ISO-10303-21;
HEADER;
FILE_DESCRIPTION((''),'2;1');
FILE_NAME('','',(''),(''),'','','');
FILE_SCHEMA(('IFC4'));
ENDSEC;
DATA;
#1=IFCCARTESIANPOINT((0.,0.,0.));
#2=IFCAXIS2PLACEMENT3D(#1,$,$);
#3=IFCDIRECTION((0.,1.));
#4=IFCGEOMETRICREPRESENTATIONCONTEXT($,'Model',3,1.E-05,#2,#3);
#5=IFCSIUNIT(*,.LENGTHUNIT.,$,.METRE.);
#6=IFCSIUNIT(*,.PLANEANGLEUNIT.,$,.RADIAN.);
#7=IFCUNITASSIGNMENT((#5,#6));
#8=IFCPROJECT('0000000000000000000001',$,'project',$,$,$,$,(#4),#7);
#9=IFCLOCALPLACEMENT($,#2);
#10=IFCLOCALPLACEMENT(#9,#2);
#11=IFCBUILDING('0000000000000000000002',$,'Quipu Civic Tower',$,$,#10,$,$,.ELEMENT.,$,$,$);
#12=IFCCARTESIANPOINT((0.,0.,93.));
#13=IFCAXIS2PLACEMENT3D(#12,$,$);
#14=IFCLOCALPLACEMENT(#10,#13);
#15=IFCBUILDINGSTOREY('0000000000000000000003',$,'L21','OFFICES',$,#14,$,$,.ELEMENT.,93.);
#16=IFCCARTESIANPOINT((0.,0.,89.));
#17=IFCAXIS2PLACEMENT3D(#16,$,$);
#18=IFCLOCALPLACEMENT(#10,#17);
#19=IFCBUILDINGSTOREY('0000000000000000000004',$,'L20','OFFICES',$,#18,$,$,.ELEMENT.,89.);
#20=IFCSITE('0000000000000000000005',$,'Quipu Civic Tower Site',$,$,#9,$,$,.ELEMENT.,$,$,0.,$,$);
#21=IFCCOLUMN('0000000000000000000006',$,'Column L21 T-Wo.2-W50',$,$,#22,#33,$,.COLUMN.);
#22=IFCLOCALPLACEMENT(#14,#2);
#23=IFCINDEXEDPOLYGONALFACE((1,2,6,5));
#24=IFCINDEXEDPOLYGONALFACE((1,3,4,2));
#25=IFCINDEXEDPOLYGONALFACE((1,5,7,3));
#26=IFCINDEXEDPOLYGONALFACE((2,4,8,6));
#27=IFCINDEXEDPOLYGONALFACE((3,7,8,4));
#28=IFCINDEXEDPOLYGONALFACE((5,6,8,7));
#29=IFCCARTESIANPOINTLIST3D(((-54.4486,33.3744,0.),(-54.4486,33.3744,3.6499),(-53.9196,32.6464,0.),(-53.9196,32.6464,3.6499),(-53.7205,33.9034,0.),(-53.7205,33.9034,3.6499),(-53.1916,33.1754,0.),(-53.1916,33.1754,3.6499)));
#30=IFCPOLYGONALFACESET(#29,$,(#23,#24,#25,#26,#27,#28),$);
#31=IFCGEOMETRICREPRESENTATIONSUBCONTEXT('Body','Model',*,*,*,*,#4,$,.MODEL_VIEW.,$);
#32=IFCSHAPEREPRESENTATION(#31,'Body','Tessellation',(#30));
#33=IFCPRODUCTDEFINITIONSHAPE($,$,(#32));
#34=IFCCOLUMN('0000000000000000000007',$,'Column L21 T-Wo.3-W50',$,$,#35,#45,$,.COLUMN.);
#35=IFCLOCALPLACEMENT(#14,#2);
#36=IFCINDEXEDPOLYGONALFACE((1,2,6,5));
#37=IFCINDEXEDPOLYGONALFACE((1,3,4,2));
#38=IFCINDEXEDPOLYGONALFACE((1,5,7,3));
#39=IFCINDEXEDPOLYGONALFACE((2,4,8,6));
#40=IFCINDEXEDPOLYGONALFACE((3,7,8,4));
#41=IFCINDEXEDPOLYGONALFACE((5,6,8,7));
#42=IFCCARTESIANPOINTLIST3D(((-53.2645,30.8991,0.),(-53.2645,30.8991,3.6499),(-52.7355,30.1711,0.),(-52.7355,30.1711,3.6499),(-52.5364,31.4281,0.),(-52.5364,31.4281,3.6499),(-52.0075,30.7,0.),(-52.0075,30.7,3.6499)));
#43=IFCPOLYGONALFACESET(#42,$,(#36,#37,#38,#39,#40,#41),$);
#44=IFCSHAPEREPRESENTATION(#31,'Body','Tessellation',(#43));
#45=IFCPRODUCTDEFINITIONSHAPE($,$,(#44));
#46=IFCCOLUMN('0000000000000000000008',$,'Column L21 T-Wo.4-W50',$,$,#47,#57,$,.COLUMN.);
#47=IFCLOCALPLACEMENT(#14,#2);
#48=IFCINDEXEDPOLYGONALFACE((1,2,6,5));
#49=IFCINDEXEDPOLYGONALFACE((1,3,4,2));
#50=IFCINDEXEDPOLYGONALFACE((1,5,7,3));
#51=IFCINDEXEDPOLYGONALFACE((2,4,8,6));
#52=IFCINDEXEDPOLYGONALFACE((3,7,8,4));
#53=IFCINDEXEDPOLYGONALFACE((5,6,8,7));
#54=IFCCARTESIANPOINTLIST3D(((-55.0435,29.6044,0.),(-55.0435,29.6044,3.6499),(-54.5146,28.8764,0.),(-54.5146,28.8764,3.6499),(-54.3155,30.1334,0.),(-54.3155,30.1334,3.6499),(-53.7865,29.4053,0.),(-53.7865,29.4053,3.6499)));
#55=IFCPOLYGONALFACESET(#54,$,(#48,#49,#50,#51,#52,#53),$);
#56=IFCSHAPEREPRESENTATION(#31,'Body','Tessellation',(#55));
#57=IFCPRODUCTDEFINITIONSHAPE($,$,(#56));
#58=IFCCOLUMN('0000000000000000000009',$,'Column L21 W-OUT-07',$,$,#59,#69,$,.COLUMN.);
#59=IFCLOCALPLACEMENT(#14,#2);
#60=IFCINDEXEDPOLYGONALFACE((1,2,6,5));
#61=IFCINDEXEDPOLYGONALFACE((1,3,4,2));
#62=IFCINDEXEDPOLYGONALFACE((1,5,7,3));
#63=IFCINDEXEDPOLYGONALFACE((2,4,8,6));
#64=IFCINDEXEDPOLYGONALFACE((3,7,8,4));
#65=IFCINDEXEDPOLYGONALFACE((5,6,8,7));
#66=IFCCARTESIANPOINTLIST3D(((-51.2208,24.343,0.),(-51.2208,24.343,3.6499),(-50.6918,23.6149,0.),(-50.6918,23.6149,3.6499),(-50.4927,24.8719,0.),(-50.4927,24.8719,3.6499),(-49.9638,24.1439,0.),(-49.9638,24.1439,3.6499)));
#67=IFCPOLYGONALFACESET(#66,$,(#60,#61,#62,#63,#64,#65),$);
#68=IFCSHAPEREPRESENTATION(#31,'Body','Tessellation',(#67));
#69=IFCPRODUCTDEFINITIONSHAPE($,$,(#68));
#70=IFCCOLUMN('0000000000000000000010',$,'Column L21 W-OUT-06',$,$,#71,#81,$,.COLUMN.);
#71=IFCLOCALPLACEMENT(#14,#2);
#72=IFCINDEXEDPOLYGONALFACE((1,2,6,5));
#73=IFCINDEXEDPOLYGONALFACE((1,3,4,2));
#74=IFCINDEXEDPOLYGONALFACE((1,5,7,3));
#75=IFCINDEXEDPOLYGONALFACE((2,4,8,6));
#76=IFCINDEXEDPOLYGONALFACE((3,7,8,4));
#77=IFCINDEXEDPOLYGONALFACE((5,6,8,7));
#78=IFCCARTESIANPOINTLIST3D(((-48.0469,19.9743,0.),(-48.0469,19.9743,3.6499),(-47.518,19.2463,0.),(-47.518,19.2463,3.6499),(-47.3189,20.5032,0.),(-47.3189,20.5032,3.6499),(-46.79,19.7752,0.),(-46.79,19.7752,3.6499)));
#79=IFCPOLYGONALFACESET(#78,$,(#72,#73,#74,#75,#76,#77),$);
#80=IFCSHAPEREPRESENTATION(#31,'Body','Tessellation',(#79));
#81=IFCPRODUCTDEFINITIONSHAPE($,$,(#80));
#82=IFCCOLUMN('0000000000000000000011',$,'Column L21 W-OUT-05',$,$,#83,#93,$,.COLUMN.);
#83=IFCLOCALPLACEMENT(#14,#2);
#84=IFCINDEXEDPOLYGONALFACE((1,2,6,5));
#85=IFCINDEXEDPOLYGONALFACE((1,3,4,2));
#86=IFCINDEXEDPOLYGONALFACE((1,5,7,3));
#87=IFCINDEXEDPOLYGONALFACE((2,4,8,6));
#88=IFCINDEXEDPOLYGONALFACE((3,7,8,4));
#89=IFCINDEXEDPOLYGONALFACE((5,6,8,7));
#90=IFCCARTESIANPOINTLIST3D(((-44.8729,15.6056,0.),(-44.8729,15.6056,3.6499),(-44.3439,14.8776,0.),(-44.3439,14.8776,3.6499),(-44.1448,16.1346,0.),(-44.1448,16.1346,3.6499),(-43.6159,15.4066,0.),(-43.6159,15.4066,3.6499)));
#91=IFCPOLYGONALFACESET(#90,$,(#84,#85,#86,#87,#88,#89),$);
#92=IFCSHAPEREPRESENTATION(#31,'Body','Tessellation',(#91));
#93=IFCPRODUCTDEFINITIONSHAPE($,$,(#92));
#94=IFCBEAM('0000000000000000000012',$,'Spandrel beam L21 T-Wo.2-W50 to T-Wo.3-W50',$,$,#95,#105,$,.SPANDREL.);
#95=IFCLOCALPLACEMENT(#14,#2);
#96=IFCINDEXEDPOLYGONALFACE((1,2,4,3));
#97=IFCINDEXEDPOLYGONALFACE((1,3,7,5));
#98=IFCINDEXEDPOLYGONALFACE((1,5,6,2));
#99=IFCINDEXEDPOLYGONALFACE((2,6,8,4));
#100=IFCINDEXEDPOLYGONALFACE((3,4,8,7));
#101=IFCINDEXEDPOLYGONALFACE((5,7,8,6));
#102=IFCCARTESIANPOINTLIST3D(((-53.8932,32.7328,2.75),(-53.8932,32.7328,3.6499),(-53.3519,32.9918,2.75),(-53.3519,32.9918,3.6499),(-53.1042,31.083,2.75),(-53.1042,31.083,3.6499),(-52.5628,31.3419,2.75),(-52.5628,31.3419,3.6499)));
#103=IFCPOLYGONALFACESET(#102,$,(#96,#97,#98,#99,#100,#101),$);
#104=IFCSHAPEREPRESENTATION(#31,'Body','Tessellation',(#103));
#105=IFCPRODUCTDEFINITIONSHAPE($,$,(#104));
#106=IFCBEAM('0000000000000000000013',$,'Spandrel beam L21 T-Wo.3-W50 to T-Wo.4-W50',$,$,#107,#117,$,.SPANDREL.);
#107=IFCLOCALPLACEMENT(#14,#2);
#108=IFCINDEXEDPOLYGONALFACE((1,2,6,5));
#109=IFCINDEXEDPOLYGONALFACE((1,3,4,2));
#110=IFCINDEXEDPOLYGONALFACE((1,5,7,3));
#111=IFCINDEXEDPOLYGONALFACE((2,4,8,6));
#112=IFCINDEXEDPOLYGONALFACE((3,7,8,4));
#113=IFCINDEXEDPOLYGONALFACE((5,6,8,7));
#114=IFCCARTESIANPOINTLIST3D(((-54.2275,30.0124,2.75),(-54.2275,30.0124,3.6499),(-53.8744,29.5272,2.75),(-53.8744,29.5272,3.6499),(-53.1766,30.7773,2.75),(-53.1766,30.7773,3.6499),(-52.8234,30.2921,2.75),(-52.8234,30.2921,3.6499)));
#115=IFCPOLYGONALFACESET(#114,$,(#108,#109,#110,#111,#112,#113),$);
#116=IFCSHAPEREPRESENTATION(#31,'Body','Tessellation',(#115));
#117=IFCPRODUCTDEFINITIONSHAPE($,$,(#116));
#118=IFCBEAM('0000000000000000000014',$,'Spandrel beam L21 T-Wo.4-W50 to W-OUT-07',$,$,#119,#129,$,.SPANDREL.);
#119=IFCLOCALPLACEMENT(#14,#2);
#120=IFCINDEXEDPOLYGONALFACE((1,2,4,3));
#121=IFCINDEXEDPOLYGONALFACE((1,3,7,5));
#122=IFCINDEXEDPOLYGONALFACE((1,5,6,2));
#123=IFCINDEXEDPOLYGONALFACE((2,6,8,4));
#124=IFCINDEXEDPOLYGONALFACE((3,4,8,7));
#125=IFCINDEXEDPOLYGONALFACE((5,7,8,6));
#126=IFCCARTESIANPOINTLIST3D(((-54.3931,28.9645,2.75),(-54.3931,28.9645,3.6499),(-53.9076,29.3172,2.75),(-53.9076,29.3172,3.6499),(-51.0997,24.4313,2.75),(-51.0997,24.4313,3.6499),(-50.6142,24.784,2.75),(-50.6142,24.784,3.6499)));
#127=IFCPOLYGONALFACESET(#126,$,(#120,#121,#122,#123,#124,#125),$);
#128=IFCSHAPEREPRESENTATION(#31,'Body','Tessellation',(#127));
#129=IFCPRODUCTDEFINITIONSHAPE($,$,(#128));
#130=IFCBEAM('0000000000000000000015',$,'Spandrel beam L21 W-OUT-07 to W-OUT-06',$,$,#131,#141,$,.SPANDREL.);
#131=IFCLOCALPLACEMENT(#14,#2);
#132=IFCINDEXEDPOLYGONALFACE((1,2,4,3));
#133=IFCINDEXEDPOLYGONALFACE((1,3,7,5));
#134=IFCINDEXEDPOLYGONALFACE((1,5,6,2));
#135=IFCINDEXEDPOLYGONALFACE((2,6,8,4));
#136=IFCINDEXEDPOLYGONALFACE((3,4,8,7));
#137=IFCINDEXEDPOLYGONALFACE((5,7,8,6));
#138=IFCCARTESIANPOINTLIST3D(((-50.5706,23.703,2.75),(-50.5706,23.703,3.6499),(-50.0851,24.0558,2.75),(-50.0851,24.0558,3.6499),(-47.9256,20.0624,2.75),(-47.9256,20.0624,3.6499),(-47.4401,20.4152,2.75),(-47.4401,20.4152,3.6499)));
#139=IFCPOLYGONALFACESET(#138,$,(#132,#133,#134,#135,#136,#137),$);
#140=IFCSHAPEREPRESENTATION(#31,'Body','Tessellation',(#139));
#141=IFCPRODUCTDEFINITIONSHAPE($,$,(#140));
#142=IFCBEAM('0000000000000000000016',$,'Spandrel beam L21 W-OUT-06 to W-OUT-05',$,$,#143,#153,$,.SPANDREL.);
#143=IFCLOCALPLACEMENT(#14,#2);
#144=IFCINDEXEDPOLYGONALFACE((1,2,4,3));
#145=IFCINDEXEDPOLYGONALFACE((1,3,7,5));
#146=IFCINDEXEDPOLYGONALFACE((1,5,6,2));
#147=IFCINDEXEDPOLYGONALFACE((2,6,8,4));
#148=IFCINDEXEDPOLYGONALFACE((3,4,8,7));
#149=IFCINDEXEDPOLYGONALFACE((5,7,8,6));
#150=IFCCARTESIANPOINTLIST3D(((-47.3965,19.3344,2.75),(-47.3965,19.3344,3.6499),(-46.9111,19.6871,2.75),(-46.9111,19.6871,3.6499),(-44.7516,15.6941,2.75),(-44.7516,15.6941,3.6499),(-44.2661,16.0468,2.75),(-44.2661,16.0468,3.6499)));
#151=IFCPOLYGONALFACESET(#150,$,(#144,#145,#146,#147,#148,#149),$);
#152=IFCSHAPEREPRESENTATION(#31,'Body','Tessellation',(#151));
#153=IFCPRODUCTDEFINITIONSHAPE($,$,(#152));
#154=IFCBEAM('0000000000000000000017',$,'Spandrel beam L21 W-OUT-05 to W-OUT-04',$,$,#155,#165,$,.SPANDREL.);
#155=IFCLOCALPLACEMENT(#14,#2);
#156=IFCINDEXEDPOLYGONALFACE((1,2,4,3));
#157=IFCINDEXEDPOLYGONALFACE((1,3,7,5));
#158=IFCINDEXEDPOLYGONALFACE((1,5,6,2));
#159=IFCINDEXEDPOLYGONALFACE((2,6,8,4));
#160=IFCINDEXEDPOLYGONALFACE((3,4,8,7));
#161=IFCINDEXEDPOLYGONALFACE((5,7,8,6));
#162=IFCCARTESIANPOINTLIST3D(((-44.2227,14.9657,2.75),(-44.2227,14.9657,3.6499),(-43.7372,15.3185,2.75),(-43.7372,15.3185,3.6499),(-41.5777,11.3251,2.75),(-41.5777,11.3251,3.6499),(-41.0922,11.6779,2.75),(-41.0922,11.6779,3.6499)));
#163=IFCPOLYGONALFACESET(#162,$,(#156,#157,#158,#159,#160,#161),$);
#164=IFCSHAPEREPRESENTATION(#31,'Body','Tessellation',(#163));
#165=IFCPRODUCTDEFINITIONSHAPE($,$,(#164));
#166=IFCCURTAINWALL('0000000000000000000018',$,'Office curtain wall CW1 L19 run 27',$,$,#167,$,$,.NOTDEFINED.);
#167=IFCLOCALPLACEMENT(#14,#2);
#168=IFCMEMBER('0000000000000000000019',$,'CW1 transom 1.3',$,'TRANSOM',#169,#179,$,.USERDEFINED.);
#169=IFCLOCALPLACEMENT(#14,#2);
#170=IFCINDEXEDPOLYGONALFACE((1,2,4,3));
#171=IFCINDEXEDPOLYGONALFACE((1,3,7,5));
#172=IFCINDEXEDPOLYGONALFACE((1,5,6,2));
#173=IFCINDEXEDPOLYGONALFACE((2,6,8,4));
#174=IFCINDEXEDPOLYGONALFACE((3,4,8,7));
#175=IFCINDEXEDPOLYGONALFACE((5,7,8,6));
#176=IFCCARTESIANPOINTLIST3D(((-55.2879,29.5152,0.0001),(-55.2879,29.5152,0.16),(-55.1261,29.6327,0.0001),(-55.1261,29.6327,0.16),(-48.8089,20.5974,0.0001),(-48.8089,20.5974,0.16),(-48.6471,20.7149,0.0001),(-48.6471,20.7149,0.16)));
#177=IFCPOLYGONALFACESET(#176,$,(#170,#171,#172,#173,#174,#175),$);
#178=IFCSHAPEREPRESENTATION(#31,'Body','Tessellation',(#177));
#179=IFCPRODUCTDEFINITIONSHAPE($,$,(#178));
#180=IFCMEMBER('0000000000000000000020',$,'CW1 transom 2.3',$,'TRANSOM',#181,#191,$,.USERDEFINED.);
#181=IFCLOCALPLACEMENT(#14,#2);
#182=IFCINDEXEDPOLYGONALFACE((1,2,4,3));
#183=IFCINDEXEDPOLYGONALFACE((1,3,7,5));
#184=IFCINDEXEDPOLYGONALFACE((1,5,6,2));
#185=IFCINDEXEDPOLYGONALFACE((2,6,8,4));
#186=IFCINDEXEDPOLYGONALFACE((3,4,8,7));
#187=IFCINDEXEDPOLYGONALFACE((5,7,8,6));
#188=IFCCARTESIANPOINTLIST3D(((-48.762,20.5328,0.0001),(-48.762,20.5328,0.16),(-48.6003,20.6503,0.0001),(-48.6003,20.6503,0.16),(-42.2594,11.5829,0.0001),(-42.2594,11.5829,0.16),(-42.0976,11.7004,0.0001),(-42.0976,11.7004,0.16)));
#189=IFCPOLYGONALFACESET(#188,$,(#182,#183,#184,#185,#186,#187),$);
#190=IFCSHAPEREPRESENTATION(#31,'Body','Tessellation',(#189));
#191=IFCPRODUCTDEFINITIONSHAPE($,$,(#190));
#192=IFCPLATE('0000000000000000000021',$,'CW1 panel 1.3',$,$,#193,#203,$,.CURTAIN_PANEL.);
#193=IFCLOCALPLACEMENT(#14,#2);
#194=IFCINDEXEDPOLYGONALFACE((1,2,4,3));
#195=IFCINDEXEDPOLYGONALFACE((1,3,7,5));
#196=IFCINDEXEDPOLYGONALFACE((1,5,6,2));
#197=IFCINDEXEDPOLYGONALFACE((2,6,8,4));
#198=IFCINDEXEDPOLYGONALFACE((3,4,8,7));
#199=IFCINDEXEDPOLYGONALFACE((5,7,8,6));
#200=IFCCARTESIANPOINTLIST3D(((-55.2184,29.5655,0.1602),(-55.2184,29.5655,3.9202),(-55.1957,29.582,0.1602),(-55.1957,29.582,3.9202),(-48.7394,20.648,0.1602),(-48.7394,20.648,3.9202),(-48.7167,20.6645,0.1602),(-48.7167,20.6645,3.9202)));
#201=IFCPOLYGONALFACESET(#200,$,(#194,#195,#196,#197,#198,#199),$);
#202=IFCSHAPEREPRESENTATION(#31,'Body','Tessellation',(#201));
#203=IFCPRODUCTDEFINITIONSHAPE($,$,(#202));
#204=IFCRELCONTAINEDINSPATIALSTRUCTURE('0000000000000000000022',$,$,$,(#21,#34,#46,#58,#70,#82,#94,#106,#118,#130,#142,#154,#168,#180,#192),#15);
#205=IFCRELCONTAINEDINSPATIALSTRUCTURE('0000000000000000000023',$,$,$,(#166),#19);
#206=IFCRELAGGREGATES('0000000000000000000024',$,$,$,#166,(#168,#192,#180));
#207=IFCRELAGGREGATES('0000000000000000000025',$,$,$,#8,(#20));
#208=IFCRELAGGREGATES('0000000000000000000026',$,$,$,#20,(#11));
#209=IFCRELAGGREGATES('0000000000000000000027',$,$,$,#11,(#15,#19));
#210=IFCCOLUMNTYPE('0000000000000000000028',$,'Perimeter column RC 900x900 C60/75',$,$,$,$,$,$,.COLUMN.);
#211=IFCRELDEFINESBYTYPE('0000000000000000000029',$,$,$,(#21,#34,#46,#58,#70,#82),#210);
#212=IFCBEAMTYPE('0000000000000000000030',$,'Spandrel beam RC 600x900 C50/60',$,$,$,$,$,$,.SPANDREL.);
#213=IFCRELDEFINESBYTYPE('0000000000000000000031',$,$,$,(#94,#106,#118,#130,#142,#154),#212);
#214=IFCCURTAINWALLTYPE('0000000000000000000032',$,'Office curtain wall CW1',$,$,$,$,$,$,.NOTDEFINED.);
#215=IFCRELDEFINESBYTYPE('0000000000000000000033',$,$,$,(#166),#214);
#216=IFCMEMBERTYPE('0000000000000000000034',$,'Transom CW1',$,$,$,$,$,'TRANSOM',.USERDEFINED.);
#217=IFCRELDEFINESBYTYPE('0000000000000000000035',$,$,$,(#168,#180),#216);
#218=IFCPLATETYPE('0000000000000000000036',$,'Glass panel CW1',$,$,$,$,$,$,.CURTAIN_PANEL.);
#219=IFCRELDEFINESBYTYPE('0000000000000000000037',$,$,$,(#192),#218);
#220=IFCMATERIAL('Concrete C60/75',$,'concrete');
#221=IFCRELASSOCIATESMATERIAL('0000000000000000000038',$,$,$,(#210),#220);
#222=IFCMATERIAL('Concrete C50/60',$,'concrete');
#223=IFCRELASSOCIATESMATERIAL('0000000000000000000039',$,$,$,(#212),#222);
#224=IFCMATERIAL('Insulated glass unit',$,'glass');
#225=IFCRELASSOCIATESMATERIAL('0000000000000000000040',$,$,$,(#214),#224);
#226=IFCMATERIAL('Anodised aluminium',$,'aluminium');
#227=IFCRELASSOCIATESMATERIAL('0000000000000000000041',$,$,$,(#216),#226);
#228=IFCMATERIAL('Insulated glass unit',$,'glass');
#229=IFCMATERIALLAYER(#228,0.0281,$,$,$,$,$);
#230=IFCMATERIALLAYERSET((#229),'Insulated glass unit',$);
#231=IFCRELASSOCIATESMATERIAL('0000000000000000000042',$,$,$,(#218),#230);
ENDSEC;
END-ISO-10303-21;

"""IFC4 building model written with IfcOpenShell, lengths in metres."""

from ifc_helpers import new_model, si_unit, direction, frame, origin, origin_2d, place, context, subcontext, project, spatial, rectangle, extrude, material, layer, layer_set, material_profile, profile_set, type_object, element, aggregate, save


model = new_model("IFC4")

# Units and contexts
model_context = context("Model", 3, precision=1e-05, world=origin(), true_north=direction((0.0, 1.0)))
body_context = subcontext(model_context, "Body", "Model", "MODEL_VIEW")
ifc_project = project(units=[si_unit("LENGTHUNIT", "METRE"), si_unit("PLANEANGLEUNIT", "RADIAN")], contexts=[model_context])

# Site, building, storey
site_placement = place(None, origin())
site = spatial("IfcSite", under=ifc_project, at=site_placement, Name="Quipu Civic Tower Site", CompositionType="ELEMENT", RefElevation=0.0)
building_placement = place(site_placement, origin())
building = spatial("IfcBuilding", under=site, at=building_placement, Name="Quipu Civic Tower", CompositionType="ELEMENT")
storey_1_placement = place(building_placement, frame((0.0, 0.0, 93.0)))
storey_1 = spatial("IfcBuildingStorey", under=building, at=storey_1_placement, Name="L21", Description="OFFICES", CompositionType="ELEMENT", Elevation=93.0)

# Columns
ifc_material_1 = material(Name="Concrete C60/75", Category="concrete")
ifc_material_profile_1 = material_profile(ifc_material_1, rectangle(XDim=0.8999, YDim=0.8999, at=origin_2d()), Name="RC900x900")
ifc_profile_set_1 = profile_set([ifc_material_profile_1], Name="Concrete C60/75")
column_type = type_object("IfcColumnType", Name="Perimeter column RC 900x900 C60/75", PredefinedType="COLUMN", material=ifc_profile_set_1)
for number, where, z_axis, x_axis, name in (
    (1, (-53.8201, 33.2749, 0.0), (0.0, 0.0, 1.0), (0.587785, -0.809017, 0.0), "Column L21 T-Wo.2-W50"),
    (2, (-52.636, 30.7996, 0.0), (0.0, 0.0, 1.0), (-0.809017, -0.587785, 0.0), "Column L21 T-Wo.3-W50"),
    (3, (-54.415, 29.5049, 0.0), (0.0, 0.0, 1.0), (0.587785, -0.809017, 0.0), "Column L21 T-Wo.4-W50"),
    (4, (-50.5923, 24.2434, 0.0), (0.0, 0.0, 1.0), (0.587785, -0.809017, 0.0), "Column L21 W-OUT-07"),
    (5, (-47.4185, 19.8748, 0.0), (0.0, 0.0, 1.0), (0.587785, -0.809017, 0.0), "Column L21 W-OUT-06"),
    (6, (-44.2444, 15.5061, 0.0), (0.0, 0.0, 1.0), (0.587785, -0.809017, 0.0), "Column L21 W-OUT-05"),
):
    element("IfcColumn", number, at=place(storey_1_placement, frame(where, z_axis=z_axis, x_axis=x_axis)), inside=storey_1, type_object=column_type, Name=name, PredefinedType="COLUMN", context=body_context, shape_type="SweptSolid", body=[
        extrude(rectangle(XDim=0.8999, YDim=0.8999, at=origin_2d()), origin(), (0.0, 0.0, 1.0), 3.6499),
    ])

# Beams
ifc_material_2 = material(Name="Concrete C50/60", Category="concrete")
ifc_material_profile_2 = material_profile(ifc_material_2, rectangle(XDim=0.6001, YDim=0.8999, at=origin_2d()), Name="RC600x900")
ifc_profile_set_2 = profile_set([ifc_material_profile_2], Name="Concrete C50/60")
beam_type = type_object("IfcBeamType", Name="Spandrel beam RC 600x900 C50/60", PredefinedType="SPANDREL", material=ifc_profile_set_2)
beam_1_placement = place(storey_1_placement, frame((-53.6226, 32.8623, 3.2), z_axis=(0.431446, -0.902139, 0.0), x_axis=(0.902139, 0.431446, 0.0)))
element("IfcBeam", 7, at=beam_1_placement, inside=storey_1, type_object=beam_type, Name="Spandrel beam L21 T-Wo.2-W50 to T-Wo.3-W50", PredefinedType="SPANDREL", context=body_context, shape_type="SweptSolid", body=[
    extrude(rectangle(XDim=0.6001, YDim=0.8999, at=origin_2d()), origin(), (0.0, 0.0, 1.0), 1.8289),
])
beam_2_placement = place(storey_1_placement, frame((-53.0, 30.5347, 3.2), z_axis=(-0.808549, -0.588429, 0.0), x_axis=(0.588429, -0.808549, 0.0)))
element("IfcBeam", 8, at=beam_2_placement, inside=storey_1, type_object=beam_type, Name="Spandrel beam L21 T-Wo.3-W50 to T-Wo.4-W50", PredefinedType="SPANDREL", context=body_context, shape_type="SweptSolid", body=[
    extrude(rectangle(XDim=0.6001, YDim=0.8999, at=origin_2d()), origin(), (0.0, 0.0, 1.0), 1.2998),
])
beam_3_placement = place(storey_1_placement, frame((-54.1504, 29.1409, 3.2), z_axis=(0.587773, -0.809026, 0.0), x_axis=(0.809026, 0.587773, 0.0)))
element("IfcBeam", 9, at=beam_3_placement, inside=storey_1, type_object=beam_type, Name="Spandrel beam L21 T-Wo.4-W50 to W-OUT-07", PredefinedType="SPANDREL", context=body_context, shape_type="SweptSolid", body=[
    extrude(rectangle(XDim=0.6001, YDim=0.8999, at=origin_2d()), origin(), (0.0, 0.0, 1.0), 5.6033),
])
beam_4_placement = place(storey_1_placement, frame((-50.3279, 23.8794, 3.2), z_axis=(0.587778, -0.809022, 0.0), x_axis=(0.809022, 0.587778, 0.0)))
element("IfcBeam", 10, at=beam_4_placement, inside=storey_1, type_object=beam_type, Name="Spandrel beam L21 W-OUT-07 to W-OUT-06", PredefinedType="SPANDREL", context=body_context, shape_type="SweptSolid", body=[
    extrude(rectangle(XDim=0.6001, YDim=0.8999, at=origin_2d()), origin(), (0.0, 0.0, 1.0), 4.5),
])
beam_5_placement = place(storey_1_placement, frame((-47.1538, 19.5107, 3.2), z_axis=(0.587804, -0.809003, 0.0), x_axis=(0.809003, 0.587804, 0.0)))
element("IfcBeam", 11, at=beam_5_placement, inside=storey_1, type_object=beam_type, Name="Spandrel beam L21 W-OUT-06 to W-OUT-05", PredefinedType="SPANDREL", context=body_context, shape_type="SweptSolid", body=[
    extrude(rectangle(XDim=0.6001, YDim=0.8999, at=origin_2d()), origin(), (0.0, 0.0, 1.0), 4.4998),
])
beam_6_placement = place(storey_1_placement, frame((-43.98, 15.1421, 3.2), z_axis=(0.587778, -0.809022, 0.0), x_axis=(0.809022, 0.587778, 0.0)))
element("IfcBeam", 12, at=beam_6_placement, inside=storey_1, type_object=beam_type, Name="Spandrel beam L21 W-OUT-05 to W-OUT-04", PredefinedType="SPANDREL", context=body_context, shape_type="SweptSolid", body=[
    extrude(rectangle(XDim=0.6001, YDim=0.8999, at=origin_2d()), origin(), (0.0, 0.0, 1.0), 4.5),
])

# Shared definitions
storey_2_placement = place(building_placement, frame((0.0, 0.0, 89.0)))
storey_2 = spatial("IfcBuildingStorey", under=building, at=storey_2_placement, Name="L20", Description="OFFICES", CompositionType="ELEMENT", Elevation=89.0)

# Curtain wall, members, plate
ifc_material_3 = material(Name="Insulated glass unit", Category="glass")
curtain_wall_type = type_object("IfcCurtainWallType", Name="Office curtain wall CW1", PredefinedType="NOTDEFINED", material=ifc_material_3)
curtain_wall_placement = place(storey_2_placement, origin())
curtain_wall = element("IfcCurtainWall", 13, at=curtain_wall_placement, inside=storey_2, type_object=curtain_wall_type, Name="Office curtain wall CW1 L19 run 27", PredefinedType="NOTDEFINED")
ifc_material_4 = material(Name="Anodised aluminium", Category="aluminium")
ifc_material_profile_3 = material_profile(ifc_material_4, rectangle(XDim=0.2, YDim=0.1599, at=origin_2d()), Name="RECT 200x160")
ifc_profile_set_3 = profile_set([ifc_material_profile_3], Name="Anodised aluminium")
member_type = type_object("IfcMemberType", Name="Transom CW1", ElementType="TRANSOM", PredefinedType="USERDEFINED", material=ifc_profile_set_3)
member_1_placement = place(storey_1_placement, frame((-55.207, 29.574, 0.0801), z_axis=(0.587779, -0.809021, 0.0), x_axis=(0.809021, 0.587779, 0.0)))
member_1 = element("IfcMember", 14, at=member_1_placement, inside=storey_1, type_object=member_type, Name="CW1 transom 1.3", ObjectType="TRANSOM", PredefinedType="USERDEFINED", context=body_context, shape_type="SweptSolid", body=[
    extrude(rectangle(XDim=0.2, YDim=0.1599, at=origin_2d()), origin(), (0.0, 0.0, 1.0), 11.0229),
])
member_2_placement = place(storey_1_placement, frame((-48.6812, 20.5916, 0.0801), z_axis=(0.587795, -0.80901, 0.0), x_axis=(0.80901, 0.587795, 0.0)))
member_2 = element("IfcMember", 15, at=member_2_placement, inside=storey_1, type_object=member_type, Name="CW1 transom 2.3", ObjectType="TRANSOM", PredefinedType="USERDEFINED", context=body_context, shape_type="SweptSolid", body=[
    extrude(rectangle(XDim=0.2, YDim=0.1599, at=origin_2d()), origin(), (0.0, 0.0, 1.0), 11.0627),
])
ifc_material_5 = material(Name="Insulated glass unit", Category="glass")
ifc_layer_1 = layer(ifc_material_5, 0.0281)
ifc_layer_set_1 = layer_set([ifc_layer_1], Name="Insulated glass unit")
plate_type_1 = type_object("IfcPlateType", Name="Glass panel CW1", PredefinedType="CURTAIN_PANEL", material=ifc_layer_set_1)
plate_1_placement = place(storey_1_placement, frame((-51.9675, 25.115, 0.1602), z_axis=(0.0, 0.0, 1.0), x_axis=(0.587786, -0.809017, 0.0)))
plate_1 = element("IfcPlate", 16, at=plate_1_placement, inside=storey_1, type_object=plate_type_1, Name="CW1 panel 1.3", PredefinedType="CURTAIN_PANEL", context=body_context, shape_type="SweptSolid", body=[
    extrude(rectangle(XDim=11.0227, YDim=0.0281, at=origin_2d()), origin(), (0.0, 0.0, 1.0), 3.76),
])
aggregate(curtain_wall, [member_1, plate_1, member_2])

save(model, "model.ifc")
